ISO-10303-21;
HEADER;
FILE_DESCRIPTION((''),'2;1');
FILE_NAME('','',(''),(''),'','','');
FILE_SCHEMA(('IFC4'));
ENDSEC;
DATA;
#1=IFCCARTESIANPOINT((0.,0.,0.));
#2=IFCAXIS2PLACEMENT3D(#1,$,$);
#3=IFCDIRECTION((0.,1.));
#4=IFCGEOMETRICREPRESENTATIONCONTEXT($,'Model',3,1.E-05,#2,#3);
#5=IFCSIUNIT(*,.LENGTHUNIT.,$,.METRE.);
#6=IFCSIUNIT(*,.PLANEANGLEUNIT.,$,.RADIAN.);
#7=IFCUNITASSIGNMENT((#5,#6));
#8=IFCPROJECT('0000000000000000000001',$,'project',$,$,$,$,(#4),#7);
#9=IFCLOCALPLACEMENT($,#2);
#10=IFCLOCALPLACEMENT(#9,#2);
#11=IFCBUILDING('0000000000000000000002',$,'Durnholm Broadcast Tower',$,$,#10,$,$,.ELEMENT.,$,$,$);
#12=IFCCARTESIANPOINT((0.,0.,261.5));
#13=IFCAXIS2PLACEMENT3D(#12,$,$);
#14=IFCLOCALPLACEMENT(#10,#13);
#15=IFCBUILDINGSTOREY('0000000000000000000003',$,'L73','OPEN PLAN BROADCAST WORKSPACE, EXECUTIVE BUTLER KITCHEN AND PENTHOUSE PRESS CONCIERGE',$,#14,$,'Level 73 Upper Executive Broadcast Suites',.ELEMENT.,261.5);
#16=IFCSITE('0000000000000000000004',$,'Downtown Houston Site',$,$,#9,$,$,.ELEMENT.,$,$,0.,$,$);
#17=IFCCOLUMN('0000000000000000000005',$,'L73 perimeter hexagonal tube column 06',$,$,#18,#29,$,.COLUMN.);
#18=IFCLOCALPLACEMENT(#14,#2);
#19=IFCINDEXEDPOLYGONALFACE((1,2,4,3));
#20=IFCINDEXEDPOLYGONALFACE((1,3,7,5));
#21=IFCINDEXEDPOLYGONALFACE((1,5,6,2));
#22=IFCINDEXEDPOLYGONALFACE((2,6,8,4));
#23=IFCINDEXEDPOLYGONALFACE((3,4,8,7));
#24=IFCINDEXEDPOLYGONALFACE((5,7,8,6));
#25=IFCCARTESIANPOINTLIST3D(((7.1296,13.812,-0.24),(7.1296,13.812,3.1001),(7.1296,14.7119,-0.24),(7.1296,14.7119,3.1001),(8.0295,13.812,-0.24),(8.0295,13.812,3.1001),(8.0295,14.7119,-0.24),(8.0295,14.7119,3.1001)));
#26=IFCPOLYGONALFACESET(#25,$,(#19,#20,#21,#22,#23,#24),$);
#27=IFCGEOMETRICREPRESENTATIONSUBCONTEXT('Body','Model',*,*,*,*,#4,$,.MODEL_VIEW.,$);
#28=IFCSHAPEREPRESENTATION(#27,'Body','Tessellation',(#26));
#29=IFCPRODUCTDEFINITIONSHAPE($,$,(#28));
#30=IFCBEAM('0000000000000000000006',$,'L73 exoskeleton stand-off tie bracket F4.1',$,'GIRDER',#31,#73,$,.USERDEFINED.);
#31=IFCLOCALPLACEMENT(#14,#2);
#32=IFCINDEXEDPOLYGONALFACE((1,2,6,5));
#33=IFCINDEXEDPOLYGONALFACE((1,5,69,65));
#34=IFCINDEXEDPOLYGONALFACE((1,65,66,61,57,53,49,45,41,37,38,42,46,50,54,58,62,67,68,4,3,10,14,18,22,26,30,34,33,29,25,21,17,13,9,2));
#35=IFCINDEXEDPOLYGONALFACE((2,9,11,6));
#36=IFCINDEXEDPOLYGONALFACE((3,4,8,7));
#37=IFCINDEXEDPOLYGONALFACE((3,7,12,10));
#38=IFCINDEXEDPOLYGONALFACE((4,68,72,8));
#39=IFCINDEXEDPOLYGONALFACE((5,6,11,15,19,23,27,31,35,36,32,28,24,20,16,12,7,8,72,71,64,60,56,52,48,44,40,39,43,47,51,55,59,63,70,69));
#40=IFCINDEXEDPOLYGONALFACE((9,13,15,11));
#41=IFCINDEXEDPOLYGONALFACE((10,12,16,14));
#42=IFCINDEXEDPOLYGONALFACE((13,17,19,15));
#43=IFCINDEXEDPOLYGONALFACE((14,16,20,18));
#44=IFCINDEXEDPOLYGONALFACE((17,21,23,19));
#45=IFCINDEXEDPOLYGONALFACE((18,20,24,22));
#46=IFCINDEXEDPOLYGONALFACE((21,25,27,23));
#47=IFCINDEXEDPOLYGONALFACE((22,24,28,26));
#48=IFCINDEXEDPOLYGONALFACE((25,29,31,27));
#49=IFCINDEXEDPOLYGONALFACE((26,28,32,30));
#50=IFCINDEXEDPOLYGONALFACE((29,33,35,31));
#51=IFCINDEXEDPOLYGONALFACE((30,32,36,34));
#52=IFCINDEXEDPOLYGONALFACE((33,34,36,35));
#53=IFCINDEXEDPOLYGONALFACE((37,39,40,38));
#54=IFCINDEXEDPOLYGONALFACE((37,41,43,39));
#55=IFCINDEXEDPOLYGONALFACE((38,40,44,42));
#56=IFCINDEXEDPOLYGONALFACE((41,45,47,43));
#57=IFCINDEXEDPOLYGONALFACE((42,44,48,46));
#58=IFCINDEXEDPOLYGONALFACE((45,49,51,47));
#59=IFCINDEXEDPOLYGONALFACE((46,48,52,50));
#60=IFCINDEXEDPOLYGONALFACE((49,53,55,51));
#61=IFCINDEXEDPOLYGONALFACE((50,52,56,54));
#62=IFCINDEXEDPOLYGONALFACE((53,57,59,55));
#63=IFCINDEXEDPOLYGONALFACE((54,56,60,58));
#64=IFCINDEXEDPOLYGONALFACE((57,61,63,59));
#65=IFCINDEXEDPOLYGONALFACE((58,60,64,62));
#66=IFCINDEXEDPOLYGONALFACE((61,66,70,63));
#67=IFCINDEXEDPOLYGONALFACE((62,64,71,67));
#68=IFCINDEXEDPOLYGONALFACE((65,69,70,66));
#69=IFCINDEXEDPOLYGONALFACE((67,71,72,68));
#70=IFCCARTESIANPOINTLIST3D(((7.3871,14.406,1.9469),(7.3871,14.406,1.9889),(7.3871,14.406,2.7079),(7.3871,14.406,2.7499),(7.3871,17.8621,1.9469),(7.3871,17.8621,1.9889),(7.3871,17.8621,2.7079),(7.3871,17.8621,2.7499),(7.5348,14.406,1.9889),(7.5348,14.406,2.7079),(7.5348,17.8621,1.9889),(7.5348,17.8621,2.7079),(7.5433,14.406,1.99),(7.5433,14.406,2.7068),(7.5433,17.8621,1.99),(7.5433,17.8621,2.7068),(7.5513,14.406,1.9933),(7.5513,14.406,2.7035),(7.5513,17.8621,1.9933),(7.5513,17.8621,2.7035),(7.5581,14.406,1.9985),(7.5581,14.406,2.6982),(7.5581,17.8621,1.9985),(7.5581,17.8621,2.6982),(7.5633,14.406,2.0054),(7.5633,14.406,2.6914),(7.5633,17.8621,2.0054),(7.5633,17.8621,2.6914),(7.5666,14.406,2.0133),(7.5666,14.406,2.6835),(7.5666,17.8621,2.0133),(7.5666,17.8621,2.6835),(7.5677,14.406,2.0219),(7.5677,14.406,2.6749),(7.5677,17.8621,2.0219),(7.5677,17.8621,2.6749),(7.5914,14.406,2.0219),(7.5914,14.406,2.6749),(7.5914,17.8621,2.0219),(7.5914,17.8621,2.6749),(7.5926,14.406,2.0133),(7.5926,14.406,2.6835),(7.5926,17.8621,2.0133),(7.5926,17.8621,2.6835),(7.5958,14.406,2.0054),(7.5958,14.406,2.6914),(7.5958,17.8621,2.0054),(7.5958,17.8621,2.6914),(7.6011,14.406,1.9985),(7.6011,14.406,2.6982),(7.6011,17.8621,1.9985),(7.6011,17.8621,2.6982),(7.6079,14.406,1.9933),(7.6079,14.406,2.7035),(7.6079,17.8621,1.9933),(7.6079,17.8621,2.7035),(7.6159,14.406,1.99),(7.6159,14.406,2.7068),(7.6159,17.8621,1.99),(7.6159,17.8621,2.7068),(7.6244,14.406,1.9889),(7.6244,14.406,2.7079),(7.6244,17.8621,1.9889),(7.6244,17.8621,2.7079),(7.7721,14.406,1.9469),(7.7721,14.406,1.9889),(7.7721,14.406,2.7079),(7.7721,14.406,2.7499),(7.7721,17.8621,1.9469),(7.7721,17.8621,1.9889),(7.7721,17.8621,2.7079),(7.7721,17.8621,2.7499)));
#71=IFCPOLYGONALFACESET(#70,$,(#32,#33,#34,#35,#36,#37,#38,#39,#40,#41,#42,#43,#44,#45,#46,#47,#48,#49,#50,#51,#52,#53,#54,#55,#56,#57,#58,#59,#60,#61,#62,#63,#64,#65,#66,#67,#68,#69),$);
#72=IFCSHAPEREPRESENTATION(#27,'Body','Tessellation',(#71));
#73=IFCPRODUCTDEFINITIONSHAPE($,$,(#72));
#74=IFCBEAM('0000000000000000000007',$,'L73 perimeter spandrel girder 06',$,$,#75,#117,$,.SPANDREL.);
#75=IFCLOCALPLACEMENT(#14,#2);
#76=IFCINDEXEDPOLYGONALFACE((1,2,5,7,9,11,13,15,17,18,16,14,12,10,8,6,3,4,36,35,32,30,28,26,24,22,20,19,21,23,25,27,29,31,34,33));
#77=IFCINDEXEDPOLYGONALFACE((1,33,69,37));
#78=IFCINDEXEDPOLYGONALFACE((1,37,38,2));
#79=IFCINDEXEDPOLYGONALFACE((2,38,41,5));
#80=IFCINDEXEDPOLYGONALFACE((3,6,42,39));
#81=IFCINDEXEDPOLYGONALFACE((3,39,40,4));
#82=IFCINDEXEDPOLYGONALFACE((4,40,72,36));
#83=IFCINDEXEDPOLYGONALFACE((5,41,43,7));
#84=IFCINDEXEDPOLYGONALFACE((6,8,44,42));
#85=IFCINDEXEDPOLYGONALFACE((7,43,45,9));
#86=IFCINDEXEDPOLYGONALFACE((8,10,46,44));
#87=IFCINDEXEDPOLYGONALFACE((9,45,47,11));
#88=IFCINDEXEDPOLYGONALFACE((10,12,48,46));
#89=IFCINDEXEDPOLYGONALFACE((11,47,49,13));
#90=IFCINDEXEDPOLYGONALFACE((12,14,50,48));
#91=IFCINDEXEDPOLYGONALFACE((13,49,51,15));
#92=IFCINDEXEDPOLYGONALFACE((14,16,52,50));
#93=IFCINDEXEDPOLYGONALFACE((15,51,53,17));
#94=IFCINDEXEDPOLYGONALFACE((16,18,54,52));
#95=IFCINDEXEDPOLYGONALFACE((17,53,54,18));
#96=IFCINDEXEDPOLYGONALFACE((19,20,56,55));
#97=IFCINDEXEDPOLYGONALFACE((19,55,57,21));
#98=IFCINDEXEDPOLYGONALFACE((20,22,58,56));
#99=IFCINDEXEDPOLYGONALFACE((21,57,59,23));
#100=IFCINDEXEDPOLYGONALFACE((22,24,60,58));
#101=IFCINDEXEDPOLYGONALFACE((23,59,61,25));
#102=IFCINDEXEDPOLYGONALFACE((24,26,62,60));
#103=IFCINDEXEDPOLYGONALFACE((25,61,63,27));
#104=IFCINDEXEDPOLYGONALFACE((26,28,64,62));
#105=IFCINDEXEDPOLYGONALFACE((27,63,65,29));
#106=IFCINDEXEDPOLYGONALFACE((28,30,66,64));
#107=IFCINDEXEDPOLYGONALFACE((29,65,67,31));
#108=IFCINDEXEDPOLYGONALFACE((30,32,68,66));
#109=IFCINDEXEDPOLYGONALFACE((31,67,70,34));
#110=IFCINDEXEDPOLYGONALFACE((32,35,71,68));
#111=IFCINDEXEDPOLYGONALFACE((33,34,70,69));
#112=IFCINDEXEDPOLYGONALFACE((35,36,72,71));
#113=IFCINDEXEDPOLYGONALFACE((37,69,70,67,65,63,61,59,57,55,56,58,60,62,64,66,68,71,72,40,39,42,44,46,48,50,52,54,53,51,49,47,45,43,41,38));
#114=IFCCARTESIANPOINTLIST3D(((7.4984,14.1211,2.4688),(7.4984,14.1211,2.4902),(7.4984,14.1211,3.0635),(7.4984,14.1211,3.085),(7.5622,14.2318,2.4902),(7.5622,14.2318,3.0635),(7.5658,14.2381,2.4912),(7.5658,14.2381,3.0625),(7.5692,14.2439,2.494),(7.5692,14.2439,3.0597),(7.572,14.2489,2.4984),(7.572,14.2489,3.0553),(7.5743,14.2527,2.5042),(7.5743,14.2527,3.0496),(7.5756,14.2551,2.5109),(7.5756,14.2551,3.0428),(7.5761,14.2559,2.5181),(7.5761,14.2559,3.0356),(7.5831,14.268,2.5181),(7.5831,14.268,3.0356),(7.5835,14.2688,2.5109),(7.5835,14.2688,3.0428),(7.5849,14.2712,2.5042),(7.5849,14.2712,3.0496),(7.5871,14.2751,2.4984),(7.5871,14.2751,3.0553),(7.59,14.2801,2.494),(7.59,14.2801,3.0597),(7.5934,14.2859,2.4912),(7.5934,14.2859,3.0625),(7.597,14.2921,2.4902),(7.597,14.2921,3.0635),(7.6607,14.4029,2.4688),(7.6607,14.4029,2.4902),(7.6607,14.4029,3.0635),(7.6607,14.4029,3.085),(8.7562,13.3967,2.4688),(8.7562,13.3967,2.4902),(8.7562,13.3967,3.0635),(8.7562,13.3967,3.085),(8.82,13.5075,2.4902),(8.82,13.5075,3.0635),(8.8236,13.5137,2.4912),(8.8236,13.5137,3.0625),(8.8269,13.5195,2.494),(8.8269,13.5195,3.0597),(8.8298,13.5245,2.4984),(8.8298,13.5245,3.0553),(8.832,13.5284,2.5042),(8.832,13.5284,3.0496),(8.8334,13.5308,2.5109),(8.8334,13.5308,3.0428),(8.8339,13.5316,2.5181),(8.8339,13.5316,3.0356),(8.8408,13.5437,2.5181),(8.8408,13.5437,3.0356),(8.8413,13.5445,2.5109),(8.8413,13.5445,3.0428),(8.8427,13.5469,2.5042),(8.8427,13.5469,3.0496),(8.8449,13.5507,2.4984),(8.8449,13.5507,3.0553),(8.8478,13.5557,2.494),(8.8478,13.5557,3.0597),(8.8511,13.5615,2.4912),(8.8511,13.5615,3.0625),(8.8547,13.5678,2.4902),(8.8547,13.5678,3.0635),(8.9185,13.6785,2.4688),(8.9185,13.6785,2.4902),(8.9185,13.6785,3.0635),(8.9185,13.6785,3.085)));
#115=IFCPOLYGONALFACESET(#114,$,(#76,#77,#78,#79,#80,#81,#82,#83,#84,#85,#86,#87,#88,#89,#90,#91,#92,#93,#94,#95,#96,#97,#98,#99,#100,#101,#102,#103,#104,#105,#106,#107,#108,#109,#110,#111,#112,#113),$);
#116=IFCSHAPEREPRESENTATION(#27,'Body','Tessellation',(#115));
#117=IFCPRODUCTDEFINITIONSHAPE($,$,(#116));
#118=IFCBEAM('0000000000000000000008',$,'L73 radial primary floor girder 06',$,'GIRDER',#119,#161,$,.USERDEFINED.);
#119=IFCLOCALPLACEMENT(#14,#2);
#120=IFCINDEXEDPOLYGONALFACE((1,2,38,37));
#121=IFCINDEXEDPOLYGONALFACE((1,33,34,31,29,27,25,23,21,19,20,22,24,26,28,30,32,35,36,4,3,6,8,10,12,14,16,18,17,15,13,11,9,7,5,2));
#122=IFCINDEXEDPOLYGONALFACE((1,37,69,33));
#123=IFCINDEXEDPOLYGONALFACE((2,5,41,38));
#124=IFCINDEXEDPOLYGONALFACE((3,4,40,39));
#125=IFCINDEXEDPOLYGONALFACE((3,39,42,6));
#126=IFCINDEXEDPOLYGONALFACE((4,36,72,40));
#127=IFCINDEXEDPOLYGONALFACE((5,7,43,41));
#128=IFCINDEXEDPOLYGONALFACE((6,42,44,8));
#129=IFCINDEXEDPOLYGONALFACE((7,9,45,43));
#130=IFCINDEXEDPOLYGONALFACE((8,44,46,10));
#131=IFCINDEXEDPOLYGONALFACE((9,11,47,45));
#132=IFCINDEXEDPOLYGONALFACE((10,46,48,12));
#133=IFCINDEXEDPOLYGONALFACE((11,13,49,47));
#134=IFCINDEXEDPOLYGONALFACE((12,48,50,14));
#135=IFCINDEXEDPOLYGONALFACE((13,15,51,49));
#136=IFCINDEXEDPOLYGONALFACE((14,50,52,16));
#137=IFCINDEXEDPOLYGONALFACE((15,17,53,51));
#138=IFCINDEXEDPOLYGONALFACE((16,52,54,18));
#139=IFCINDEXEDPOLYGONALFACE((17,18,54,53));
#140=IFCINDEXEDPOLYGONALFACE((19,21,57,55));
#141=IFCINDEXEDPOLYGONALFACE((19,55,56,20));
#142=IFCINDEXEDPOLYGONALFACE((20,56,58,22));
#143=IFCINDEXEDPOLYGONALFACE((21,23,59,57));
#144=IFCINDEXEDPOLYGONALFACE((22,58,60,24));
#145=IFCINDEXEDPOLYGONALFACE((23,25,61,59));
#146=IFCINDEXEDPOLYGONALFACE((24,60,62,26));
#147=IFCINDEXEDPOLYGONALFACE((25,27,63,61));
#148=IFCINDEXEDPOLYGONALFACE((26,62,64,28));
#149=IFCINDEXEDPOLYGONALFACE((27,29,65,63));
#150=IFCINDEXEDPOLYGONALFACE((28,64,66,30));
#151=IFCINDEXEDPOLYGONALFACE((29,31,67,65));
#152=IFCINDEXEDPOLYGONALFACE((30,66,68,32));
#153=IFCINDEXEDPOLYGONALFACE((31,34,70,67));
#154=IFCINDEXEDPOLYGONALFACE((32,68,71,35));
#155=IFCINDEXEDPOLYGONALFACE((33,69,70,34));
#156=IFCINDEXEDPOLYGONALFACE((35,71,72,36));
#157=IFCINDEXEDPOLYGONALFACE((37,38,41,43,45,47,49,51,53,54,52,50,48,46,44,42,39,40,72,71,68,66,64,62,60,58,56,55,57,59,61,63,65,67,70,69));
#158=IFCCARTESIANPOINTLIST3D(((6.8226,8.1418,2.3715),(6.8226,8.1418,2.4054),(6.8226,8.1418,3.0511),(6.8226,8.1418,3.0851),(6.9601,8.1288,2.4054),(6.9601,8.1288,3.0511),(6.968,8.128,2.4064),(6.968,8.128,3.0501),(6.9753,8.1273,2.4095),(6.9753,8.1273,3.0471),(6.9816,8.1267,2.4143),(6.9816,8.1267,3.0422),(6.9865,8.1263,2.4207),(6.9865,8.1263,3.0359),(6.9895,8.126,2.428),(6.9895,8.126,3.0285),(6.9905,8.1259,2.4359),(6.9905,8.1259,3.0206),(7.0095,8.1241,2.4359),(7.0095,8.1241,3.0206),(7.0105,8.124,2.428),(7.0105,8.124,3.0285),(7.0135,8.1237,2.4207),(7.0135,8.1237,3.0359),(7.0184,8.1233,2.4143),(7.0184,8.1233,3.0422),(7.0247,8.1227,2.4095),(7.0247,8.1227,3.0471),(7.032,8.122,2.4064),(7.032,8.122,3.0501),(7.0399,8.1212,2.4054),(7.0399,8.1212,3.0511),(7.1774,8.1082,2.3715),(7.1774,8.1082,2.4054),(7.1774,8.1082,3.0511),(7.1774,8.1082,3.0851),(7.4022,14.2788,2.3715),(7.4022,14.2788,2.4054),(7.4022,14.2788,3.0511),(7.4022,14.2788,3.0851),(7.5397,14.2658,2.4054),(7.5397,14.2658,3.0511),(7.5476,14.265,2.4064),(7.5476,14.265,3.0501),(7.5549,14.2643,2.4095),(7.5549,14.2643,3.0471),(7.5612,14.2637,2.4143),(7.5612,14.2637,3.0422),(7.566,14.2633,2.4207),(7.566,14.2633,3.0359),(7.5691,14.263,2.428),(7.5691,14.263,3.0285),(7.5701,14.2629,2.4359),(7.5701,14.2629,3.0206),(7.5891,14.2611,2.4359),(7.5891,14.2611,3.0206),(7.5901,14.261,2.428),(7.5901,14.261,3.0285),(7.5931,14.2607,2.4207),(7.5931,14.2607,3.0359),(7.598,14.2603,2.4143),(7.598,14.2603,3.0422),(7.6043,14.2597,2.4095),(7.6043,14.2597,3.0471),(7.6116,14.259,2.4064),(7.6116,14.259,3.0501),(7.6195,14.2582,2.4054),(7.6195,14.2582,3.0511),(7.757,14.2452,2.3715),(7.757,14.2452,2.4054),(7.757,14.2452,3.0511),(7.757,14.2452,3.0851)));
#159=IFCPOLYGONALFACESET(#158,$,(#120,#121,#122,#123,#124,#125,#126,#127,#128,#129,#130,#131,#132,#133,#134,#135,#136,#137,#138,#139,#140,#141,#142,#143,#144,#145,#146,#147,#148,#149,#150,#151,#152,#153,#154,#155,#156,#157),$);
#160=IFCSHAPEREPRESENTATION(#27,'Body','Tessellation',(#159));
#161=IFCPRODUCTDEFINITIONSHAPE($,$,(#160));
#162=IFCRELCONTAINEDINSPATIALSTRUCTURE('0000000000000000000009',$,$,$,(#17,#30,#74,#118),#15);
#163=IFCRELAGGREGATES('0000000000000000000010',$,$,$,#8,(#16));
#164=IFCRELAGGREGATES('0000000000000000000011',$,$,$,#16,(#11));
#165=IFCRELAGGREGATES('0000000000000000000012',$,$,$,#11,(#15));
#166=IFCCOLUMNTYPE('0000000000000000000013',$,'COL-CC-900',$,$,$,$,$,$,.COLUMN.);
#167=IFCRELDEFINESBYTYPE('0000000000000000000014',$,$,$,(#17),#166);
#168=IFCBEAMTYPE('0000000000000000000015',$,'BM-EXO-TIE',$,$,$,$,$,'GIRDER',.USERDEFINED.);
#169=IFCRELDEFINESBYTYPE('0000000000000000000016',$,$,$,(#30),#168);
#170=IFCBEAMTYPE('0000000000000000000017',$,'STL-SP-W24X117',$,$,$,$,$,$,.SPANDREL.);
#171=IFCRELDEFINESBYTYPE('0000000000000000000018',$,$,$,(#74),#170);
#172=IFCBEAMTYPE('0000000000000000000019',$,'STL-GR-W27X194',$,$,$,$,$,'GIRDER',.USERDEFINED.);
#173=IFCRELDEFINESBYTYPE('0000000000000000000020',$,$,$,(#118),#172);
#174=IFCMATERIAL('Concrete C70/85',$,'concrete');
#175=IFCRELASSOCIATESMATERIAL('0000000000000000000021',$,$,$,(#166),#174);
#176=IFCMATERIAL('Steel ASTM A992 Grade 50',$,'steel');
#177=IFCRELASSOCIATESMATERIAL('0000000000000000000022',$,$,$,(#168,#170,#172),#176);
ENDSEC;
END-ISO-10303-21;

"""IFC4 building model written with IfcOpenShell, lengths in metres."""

from ifc_helpers import new_model, si_unit, direction, frame, origin, origin_2d, place, context, subcontext, project, spatial, rectangle, i_section, extrude, source, transform, mapped, material, material_profile, profile_set, type_object, type_shapes, element, save


model = new_model("IFC4")

# Units and contexts
model_context = context("Model", 3, precision=1e-05, world=origin(), true_north=direction((0.0, 1.0)))
body_context = subcontext(model_context, "Body", "Model", "MODEL_VIEW")
ifc_project = project(units=[si_unit("LENGTHUNIT", "METRE"), si_unit("PLANEANGLEUNIT", "RADIAN")], contexts=[model_context])

# Site, building, storey
site_placement = place(None, origin())
site = spatial("IfcSite", under=ifc_project, at=site_placement, Name="Downtown Houston Site", CompositionType="ELEMENT", RefElevation=0.0)
building_placement = place(site_placement, origin())
building = spatial("IfcBuilding", under=site, at=building_placement, Name="Durnholm Broadcast Tower", CompositionType="ELEMENT")
storey_placement = place(building_placement, frame((0.0, 0.0, 261.5)))
storey = spatial("IfcBuildingStorey", under=building, at=storey_placement, Name="L73", Description="OPEN PLAN BROADCAST WORKSPACE, EXECUTIVE BUTLER KITCHEN AND PENTHOUSE PRESS CONCIERGE", LongName="Level 73 Upper Executive Broadcast Suites", CompositionType="ELEMENT", Elevation=261.5)

# Column
ifc_material_1 = material(Name="Concrete C70/85", Category="concrete")
ifc_material_profile_1 = material_profile(ifc_material_1, rectangle(XDim=0.8999, YDim=0.8999, at=origin_2d()), Name="RC900X900")
ifc_profile_set_1 = profile_set([ifc_material_profile_1], Name="Concrete C70/85")
column_type = type_object("IfcColumnType", Name="COL-CC-900", PredefinedType="COLUMN", material=ifc_profile_set_1)
shared_shape_1 = source(origin(), body_context, "Body", "SweptSolid", [
    extrude(rectangle(XDim=0.8999, YDim=0.8999, at=origin_2d()), origin(), (0.0, 0.0, 1.0), 3.3401),
])
type_shapes(column_type, [shared_shape_1])
column_placement = place(storey_placement, frame((7.5796, 14.262, -0.24), z_axis=(0.0, 0.0, 1.0), x_axis=(1.0, 0.0, 0.0)))
element("IfcColumn", 1, at=column_placement, inside=storey, type_object=column_type, Name="L73 perimeter hexagonal tube column 06", PredefinedType="COLUMN", context=body_context, shape_type="MappedRepresentation", body=[
    mapped(shared_shape_1, transform((0.0, 0.0, 0.0), x_axis=(1.0, 0.0, 0.0), y_axis=(0.0, 1.0, 0.0), z_axis=(0.0, 0.0, 1.0), scale=1.0)),
])

# Beams
ifc_material_2 = material(Name="Steel ASTM A992 Grade 50", Category="steel")
ifc_material_profile_2 = material_profile(ifc_material_2, i_section(OverallWidth=0.385, OverallDepth=0.803, WebThickness=0.0237, FlangeThickness=0.042, FilletRadius=0.033, at=origin_2d()), Name="W30X261")
ifc_profile_set_2 = profile_set([ifc_material_profile_2], Name="Steel ASTM A992 Grade 50")
beam_type_1 = type_object("IfcBeamType", Name="BM-EXO-TIE", ElementType="GIRDER", PredefinedType="USERDEFINED", material=ifc_profile_set_2)
shared_shape_2 = source(origin(), body_context, "Body", "SweptSolid", [
    extrude(i_section(OverallWidth=0.385, OverallDepth=0.803, WebThickness=0.0237, FlangeThickness=0.042, FilletRadius=0.033, at=origin_2d()), origin(), (0.0, 0.0, 1.0), 3.4561),
])
type_shapes(beam_type_1, [shared_shape_2])
beam_1_placement = place(storey_placement, frame((7.5796, 14.406, 2.3484), z_axis=(0.0, 1.0, 0.0), x_axis=(-1.0, 0.0, 0.0)))
element("IfcBeam", 2, at=beam_1_placement, inside=storey, type_object=beam_type_1, Name="L73 exoskeleton stand-off tie bracket F4.1", ObjectType="GIRDER", PredefinedType="USERDEFINED", context=body_context, shape_type="MappedRepresentation", body=[
    mapped(shared_shape_2, transform((0.0, 0.0, 0.0), x_axis=(1.0, 0.0, 0.0), y_axis=(0.0, 1.0, 0.0), z_axis=(0.0, 0.0, 1.0), scale=1.0)),
])
ifc_material_profile_3 = material_profile(ifc_material_2, i_section(OverallWidth=0.3252, OverallDepth=0.6162, WebThickness=0.0139, FlangeThickness=0.0215, FilletRadius=0.0278, at=origin_2d()), Name="W24X117")
ifc_profile_set_3 = profile_set([ifc_material_profile_3], Name="Steel ASTM A992 Grade 50")
beam_type_2 = type_object("IfcBeamType", Name="STL-SP-W24X117", PredefinedType="SPANDREL", material=ifc_profile_set_3)
shared_shape_3 = source(origin(), body_context, "Body", "SweptSolid", [
    extrude(i_section(OverallWidth=0.3252, OverallDepth=0.6162, WebThickness=0.0139, FlangeThickness=0.0215, FilletRadius=0.0278, at=origin_2d()), origin(), (0.0, 0.0, 1.0), 1.4514),
])
type_shapes(beam_type_2, [shared_shape_3])
beam_2_placement = place(storey_placement, frame((7.5796, 14.262, 2.7769), z_axis=(0.866572, -0.499052, 0.0), x_axis=(0.499052, 0.866572, 0.0)))
element("IfcBeam", 3, at=beam_2_placement, inside=storey, type_object=beam_type_2, Name="L73 perimeter spandrel girder 06", PredefinedType="SPANDREL", context=body_context, shape_type="MappedRepresentation", body=[
    mapped(shared_shape_3, transform((0.0, 0.0, 0.0), x_axis=(1.0, 0.0, 0.0), y_axis=(0.0, 1.0, 0.0), z_axis=(0.0, 0.0, 1.0), scale=1.0)),
])
ifc_material_profile_4 = material_profile(ifc_material_2, i_section(OverallWidth=0.3564, OverallDepth=0.7136, WebThickness=0.019, FlangeThickness=0.0339, FilletRadius=0.0305, at=origin_2d()), Name="W27X194")
ifc_profile_set_4 = profile_set([ifc_material_profile_4], Name="Steel ASTM A992 Grade 50")
beam_type_3 = type_object("IfcBeamType", Name="STL-GR-W27X194", ElementType="GIRDER", PredefinedType="USERDEFINED", material=ifc_profile_set_4)
shared_shape_4 = source(origin(), body_context, "Body", "SweptSolid", [
    extrude(i_section(OverallWidth=0.3564, OverallDepth=0.7136, WebThickness=0.019, FlangeThickness=0.0339, FilletRadius=0.0305, at=origin_2d()), origin(), (0.0, 0.0, 1.0), 6.1643),
])
beam_3_placement = place(storey_placement, frame((7.0, 8.125, 2.7283), z_axis=(0.094024, 0.99557, 0.0), x_axis=(-0.99557, 0.094024, 0.0)))
element("IfcBeam", 4, at=beam_3_placement, inside=storey, type_object=beam_type_3, Name="L73 radial primary floor girder 06", ObjectType="GIRDER", PredefinedType="USERDEFINED", context=body_context, shape_type="MappedRepresentation", body=[
    mapped(shared_shape_4, transform((0.0, 0.0, 0.0), x_axis=(1.0, 0.0, 0.0), y_axis=(0.0, 1.0, 0.0), z_axis=(0.0, 0.0, 1.0), scale=1.0)),
])

save(model, "model.ifc")
